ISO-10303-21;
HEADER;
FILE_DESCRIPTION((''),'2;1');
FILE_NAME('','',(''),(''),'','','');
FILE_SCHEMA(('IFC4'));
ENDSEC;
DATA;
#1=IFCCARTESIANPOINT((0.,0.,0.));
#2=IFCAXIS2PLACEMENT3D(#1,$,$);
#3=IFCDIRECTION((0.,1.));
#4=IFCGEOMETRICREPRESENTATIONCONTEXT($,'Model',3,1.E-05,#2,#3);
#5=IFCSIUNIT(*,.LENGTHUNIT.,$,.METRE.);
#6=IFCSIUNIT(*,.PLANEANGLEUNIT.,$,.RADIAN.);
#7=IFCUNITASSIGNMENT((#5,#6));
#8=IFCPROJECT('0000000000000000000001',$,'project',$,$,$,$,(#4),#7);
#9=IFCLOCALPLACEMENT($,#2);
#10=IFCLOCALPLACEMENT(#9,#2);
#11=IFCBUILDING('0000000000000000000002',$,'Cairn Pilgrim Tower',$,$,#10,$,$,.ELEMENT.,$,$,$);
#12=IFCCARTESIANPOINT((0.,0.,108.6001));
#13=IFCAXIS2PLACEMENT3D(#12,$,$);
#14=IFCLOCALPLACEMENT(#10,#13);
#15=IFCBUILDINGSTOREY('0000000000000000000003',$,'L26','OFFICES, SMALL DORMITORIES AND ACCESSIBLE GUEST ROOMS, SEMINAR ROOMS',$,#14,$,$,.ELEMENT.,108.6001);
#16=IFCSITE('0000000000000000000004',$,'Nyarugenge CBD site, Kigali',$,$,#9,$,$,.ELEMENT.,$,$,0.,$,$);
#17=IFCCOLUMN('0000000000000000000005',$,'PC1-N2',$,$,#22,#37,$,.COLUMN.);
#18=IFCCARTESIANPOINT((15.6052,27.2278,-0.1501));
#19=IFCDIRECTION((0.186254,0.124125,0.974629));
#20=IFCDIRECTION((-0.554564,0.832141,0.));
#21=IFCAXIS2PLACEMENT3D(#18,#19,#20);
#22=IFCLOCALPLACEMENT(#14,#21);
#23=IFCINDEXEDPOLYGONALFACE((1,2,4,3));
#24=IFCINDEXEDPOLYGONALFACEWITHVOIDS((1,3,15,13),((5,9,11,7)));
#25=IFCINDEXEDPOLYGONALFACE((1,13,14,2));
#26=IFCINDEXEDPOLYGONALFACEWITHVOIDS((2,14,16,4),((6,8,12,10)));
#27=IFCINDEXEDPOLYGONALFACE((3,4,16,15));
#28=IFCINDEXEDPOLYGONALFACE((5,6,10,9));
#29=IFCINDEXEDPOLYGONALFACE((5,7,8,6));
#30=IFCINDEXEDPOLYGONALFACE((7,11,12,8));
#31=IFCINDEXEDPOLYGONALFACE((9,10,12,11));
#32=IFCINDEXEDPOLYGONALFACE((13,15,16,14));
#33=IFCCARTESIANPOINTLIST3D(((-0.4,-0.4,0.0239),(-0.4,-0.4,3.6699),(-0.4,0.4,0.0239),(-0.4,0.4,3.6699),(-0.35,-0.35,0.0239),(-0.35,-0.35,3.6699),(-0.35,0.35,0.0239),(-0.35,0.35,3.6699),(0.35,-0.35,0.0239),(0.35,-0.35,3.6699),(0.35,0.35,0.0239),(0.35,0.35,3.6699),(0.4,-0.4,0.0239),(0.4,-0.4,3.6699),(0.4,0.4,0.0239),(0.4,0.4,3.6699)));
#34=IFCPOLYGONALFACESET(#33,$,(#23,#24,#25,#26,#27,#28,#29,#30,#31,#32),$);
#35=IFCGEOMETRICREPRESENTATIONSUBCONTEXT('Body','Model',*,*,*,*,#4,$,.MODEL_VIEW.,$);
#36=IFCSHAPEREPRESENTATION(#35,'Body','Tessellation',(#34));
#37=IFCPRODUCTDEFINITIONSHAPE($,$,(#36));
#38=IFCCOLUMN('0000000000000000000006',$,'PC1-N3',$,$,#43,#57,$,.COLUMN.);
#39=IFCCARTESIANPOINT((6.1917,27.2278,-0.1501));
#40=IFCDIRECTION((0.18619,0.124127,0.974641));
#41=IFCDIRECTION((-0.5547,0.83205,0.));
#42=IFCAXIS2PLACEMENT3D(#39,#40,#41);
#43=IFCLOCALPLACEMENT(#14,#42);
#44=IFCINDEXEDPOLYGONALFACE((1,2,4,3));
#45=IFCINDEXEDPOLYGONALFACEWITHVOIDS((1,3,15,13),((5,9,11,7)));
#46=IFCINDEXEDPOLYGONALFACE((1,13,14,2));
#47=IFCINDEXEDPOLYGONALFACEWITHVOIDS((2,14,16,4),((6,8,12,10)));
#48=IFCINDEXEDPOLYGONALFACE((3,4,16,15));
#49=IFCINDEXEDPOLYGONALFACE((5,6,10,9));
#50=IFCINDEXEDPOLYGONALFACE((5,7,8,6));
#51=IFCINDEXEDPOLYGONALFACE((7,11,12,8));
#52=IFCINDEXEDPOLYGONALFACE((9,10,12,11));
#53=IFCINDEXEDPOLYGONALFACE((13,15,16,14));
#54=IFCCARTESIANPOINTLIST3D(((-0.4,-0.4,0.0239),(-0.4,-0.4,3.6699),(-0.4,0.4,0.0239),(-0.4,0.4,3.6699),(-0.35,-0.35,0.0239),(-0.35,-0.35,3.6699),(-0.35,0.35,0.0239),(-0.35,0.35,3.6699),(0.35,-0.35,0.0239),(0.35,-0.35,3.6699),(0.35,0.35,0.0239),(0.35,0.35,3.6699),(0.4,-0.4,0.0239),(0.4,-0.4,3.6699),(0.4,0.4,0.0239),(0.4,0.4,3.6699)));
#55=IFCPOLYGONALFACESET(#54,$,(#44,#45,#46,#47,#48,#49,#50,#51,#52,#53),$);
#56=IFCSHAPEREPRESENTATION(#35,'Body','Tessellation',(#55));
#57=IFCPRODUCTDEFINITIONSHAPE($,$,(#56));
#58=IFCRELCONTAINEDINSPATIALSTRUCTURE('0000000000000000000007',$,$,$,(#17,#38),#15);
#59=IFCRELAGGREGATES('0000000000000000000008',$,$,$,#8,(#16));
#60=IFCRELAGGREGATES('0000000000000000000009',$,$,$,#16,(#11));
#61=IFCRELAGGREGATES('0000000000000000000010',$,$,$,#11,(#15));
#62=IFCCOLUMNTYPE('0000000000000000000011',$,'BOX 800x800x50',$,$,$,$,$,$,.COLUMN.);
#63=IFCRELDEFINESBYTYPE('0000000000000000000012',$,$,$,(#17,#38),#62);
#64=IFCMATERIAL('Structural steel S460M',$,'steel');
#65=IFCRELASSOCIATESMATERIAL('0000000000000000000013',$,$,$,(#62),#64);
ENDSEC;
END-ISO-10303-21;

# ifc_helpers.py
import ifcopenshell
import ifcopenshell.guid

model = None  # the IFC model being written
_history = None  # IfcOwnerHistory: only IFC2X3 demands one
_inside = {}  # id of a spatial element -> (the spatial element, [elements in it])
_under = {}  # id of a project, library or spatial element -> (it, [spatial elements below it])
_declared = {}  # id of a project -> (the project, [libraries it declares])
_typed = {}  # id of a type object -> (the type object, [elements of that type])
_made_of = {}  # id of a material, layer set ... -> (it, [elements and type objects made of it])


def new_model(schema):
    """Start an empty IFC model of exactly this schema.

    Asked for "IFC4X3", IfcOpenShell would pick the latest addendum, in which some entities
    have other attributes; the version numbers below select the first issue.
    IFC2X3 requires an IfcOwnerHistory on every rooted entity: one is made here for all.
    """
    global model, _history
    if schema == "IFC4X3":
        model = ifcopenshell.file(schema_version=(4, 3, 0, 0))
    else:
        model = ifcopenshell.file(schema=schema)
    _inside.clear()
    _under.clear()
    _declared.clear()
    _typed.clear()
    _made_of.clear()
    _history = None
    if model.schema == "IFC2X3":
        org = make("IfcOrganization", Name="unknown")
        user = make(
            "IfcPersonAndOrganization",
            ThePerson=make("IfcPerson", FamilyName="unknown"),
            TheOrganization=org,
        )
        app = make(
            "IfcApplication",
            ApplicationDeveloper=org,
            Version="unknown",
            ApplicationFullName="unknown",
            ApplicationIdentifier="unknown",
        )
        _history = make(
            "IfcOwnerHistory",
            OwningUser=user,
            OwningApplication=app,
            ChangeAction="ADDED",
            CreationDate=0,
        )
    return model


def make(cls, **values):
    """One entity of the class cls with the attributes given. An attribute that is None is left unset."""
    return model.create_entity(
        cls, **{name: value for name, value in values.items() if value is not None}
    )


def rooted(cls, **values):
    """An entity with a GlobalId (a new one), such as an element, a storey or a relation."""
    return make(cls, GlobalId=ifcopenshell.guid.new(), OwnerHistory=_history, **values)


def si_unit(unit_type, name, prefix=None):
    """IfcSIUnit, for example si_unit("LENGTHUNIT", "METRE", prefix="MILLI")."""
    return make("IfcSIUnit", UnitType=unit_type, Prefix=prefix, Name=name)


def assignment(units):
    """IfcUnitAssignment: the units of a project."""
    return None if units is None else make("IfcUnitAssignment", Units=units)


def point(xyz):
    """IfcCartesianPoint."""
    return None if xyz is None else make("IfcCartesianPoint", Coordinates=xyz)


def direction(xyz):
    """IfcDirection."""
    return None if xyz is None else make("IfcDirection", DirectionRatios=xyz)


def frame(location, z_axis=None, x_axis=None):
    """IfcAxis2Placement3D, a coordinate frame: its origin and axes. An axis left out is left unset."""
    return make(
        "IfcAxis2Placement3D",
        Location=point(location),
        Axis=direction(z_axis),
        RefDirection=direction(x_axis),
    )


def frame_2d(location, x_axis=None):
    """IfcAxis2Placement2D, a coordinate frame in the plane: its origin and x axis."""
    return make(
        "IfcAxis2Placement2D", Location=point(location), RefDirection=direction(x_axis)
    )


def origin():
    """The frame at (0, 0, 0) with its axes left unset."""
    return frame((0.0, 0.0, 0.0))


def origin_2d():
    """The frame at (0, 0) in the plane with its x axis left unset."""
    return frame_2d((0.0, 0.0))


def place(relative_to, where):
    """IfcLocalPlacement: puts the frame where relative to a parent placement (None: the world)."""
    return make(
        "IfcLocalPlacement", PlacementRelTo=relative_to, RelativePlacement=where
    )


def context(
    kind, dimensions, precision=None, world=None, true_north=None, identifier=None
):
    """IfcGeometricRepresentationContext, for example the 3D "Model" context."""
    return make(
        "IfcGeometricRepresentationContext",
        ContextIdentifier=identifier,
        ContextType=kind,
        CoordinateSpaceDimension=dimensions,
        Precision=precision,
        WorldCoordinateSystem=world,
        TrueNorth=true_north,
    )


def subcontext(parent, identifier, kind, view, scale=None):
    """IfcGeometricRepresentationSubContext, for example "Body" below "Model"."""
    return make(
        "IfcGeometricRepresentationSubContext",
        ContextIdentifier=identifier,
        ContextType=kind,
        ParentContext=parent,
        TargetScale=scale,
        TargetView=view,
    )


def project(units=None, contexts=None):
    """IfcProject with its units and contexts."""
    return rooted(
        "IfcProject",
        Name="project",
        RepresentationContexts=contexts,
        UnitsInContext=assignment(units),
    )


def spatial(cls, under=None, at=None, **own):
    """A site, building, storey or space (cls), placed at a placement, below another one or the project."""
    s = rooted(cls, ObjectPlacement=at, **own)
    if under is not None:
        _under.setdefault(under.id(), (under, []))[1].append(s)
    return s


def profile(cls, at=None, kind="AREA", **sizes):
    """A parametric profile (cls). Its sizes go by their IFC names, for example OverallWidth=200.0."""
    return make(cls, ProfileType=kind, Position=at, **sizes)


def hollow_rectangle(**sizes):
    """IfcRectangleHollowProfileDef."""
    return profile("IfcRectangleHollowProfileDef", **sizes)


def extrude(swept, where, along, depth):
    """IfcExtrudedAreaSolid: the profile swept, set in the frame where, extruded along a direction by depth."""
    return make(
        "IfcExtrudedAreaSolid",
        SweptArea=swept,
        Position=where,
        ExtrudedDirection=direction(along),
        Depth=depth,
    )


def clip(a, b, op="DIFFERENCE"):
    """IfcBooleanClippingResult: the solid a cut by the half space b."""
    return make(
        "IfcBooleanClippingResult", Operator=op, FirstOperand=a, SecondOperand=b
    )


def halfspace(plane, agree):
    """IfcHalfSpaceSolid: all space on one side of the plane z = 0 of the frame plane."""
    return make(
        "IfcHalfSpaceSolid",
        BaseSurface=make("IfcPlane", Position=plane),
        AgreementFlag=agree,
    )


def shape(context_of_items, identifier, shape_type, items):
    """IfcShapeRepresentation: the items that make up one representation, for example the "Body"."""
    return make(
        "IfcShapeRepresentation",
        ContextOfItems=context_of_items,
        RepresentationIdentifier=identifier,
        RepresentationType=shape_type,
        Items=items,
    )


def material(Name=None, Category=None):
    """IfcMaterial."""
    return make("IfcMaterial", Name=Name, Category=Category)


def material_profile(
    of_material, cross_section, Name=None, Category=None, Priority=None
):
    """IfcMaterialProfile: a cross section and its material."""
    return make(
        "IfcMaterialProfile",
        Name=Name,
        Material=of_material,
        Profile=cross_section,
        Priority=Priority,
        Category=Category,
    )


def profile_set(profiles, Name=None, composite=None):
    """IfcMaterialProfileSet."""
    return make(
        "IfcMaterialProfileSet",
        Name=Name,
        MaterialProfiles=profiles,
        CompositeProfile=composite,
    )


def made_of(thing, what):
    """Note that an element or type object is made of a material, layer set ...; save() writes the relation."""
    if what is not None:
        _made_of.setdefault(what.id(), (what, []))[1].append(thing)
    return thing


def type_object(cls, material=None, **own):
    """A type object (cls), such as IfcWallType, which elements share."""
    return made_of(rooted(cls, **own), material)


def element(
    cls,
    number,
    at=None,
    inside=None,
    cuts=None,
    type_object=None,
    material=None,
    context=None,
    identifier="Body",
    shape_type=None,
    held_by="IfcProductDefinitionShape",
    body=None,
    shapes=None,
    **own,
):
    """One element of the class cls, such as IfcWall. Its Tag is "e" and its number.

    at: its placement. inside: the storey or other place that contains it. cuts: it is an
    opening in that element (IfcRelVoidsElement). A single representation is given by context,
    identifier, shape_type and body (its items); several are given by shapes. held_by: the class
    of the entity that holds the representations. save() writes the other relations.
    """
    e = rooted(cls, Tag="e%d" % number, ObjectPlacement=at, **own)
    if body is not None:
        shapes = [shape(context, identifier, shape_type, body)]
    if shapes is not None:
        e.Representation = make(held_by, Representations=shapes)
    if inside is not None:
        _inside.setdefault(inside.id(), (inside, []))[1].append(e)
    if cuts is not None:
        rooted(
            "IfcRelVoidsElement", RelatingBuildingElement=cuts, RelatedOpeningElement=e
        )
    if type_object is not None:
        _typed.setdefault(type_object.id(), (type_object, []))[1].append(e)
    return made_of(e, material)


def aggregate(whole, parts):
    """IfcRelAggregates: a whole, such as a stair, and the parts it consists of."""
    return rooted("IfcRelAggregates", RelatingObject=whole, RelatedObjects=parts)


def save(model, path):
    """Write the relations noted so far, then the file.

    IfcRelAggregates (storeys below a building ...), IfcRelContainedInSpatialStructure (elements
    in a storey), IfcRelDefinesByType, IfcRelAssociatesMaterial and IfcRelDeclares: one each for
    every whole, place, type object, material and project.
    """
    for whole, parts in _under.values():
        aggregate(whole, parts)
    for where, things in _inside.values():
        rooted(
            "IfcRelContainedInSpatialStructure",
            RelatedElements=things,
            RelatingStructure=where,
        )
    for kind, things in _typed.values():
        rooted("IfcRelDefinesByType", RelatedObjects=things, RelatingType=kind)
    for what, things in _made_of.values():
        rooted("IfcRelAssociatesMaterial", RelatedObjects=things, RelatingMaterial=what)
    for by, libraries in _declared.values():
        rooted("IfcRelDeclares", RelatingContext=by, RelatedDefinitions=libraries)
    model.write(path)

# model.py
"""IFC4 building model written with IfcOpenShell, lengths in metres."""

from ifc_helpers import new_model, si_unit, direction, frame, origin, origin_2d, place, context, subcontext, project, spatial, hollow_rectangle, extrude, clip, halfspace, material, material_profile, profile_set, type_object, element, save


model = new_model("IFC4")

# Units and contexts
model_context = context("Model", 3, precision=1e-05, world=origin(), true_north=direction((0.0, 1.0)))
body_context = subcontext(model_context, "Body", "Model", "MODEL_VIEW")
ifc_project = project(units=[si_unit("LENGTHUNIT", "METRE"), si_unit("PLANEANGLEUNIT", "RADIAN")], contexts=[model_context])

# Site, building, storey
site_placement = place(None, origin())
site = spatial("IfcSite", under=ifc_project, at=site_placement, Name="Nyarugenge CBD site, Kigali", CompositionType="ELEMENT", RefElevation=0.0)
building_placement = place(site_placement, origin())
building = spatial("IfcBuilding", under=site, at=building_placement, Name="Cairn Pilgrim Tower", CompositionType="ELEMENT")
storey_placement = place(building_placement, frame((0.0, 0.0, 108.6001)))
storey = spatial("IfcBuildingStorey", under=building, at=storey_placement, Name="L26", Description="OFFICES, SMALL DORMITORIES AND ACCESSIBLE GUEST ROOMS, SEMINAR ROOMS", CompositionType="ELEMENT", Elevation=108.6001)

# Columns
ifc_material_1 = material(Name="Structural steel S460M", Category="steel")
ifc_material_profile_1 = material_profile(ifc_material_1, hollow_rectangle(XDim=0.8, YDim=0.8, WallThickness=0.05, at=origin_2d()), Name="BOX 800x800x50")
ifc_profile_set_1 = profile_set([ifc_material_profile_1], Name="Structural steel S460M")
column_type_1 = type_object("IfcColumnType", Name="BOX 800x800x50", PredefinedType="COLUMN", material=ifc_profile_set_1)
for number, where, z_axis, x_axis, name in (
    (1, (15.6052, 27.2278, -0.1501), (0.186254, 0.124125, 0.974629), (-0.554564, 0.832141, 0.0), "PC1-N2"),
    (2, (6.1917, 27.2278, -0.1501), (0.18619, 0.124127, 0.974641), (-0.5547, 0.83205, 0.0), "PC1-N3"),
):
    element("IfcColumn", number, at=place(storey_placement, frame(where, z_axis=z_axis, x_axis=x_axis)), inside=storey, type_object=column_type_1, Name=name, PredefinedType="COLUMN", context=body_context, shape_type="Clipping", body=[
        clip(clip(extrude(hollow_rectangle(XDim=0.8, YDim=0.8, WallThickness=0.05, at=origin_2d()), origin(), (0.0, 0.0, 1.0), 3.6938), halfspace(frame((0.0, 0.0, 0.0239), z_axis=(0.0, 0.0, 1.0), x_axis=(1.0, 0.0, 0.0)), True)), halfspace(frame((0.0, 0.0, 3.6699), z_axis=(0.0, 0.0, 1.0), x_axis=(1.0, 0.0, 0.0)), False)),
    ])

save(model, "model.ifc")
